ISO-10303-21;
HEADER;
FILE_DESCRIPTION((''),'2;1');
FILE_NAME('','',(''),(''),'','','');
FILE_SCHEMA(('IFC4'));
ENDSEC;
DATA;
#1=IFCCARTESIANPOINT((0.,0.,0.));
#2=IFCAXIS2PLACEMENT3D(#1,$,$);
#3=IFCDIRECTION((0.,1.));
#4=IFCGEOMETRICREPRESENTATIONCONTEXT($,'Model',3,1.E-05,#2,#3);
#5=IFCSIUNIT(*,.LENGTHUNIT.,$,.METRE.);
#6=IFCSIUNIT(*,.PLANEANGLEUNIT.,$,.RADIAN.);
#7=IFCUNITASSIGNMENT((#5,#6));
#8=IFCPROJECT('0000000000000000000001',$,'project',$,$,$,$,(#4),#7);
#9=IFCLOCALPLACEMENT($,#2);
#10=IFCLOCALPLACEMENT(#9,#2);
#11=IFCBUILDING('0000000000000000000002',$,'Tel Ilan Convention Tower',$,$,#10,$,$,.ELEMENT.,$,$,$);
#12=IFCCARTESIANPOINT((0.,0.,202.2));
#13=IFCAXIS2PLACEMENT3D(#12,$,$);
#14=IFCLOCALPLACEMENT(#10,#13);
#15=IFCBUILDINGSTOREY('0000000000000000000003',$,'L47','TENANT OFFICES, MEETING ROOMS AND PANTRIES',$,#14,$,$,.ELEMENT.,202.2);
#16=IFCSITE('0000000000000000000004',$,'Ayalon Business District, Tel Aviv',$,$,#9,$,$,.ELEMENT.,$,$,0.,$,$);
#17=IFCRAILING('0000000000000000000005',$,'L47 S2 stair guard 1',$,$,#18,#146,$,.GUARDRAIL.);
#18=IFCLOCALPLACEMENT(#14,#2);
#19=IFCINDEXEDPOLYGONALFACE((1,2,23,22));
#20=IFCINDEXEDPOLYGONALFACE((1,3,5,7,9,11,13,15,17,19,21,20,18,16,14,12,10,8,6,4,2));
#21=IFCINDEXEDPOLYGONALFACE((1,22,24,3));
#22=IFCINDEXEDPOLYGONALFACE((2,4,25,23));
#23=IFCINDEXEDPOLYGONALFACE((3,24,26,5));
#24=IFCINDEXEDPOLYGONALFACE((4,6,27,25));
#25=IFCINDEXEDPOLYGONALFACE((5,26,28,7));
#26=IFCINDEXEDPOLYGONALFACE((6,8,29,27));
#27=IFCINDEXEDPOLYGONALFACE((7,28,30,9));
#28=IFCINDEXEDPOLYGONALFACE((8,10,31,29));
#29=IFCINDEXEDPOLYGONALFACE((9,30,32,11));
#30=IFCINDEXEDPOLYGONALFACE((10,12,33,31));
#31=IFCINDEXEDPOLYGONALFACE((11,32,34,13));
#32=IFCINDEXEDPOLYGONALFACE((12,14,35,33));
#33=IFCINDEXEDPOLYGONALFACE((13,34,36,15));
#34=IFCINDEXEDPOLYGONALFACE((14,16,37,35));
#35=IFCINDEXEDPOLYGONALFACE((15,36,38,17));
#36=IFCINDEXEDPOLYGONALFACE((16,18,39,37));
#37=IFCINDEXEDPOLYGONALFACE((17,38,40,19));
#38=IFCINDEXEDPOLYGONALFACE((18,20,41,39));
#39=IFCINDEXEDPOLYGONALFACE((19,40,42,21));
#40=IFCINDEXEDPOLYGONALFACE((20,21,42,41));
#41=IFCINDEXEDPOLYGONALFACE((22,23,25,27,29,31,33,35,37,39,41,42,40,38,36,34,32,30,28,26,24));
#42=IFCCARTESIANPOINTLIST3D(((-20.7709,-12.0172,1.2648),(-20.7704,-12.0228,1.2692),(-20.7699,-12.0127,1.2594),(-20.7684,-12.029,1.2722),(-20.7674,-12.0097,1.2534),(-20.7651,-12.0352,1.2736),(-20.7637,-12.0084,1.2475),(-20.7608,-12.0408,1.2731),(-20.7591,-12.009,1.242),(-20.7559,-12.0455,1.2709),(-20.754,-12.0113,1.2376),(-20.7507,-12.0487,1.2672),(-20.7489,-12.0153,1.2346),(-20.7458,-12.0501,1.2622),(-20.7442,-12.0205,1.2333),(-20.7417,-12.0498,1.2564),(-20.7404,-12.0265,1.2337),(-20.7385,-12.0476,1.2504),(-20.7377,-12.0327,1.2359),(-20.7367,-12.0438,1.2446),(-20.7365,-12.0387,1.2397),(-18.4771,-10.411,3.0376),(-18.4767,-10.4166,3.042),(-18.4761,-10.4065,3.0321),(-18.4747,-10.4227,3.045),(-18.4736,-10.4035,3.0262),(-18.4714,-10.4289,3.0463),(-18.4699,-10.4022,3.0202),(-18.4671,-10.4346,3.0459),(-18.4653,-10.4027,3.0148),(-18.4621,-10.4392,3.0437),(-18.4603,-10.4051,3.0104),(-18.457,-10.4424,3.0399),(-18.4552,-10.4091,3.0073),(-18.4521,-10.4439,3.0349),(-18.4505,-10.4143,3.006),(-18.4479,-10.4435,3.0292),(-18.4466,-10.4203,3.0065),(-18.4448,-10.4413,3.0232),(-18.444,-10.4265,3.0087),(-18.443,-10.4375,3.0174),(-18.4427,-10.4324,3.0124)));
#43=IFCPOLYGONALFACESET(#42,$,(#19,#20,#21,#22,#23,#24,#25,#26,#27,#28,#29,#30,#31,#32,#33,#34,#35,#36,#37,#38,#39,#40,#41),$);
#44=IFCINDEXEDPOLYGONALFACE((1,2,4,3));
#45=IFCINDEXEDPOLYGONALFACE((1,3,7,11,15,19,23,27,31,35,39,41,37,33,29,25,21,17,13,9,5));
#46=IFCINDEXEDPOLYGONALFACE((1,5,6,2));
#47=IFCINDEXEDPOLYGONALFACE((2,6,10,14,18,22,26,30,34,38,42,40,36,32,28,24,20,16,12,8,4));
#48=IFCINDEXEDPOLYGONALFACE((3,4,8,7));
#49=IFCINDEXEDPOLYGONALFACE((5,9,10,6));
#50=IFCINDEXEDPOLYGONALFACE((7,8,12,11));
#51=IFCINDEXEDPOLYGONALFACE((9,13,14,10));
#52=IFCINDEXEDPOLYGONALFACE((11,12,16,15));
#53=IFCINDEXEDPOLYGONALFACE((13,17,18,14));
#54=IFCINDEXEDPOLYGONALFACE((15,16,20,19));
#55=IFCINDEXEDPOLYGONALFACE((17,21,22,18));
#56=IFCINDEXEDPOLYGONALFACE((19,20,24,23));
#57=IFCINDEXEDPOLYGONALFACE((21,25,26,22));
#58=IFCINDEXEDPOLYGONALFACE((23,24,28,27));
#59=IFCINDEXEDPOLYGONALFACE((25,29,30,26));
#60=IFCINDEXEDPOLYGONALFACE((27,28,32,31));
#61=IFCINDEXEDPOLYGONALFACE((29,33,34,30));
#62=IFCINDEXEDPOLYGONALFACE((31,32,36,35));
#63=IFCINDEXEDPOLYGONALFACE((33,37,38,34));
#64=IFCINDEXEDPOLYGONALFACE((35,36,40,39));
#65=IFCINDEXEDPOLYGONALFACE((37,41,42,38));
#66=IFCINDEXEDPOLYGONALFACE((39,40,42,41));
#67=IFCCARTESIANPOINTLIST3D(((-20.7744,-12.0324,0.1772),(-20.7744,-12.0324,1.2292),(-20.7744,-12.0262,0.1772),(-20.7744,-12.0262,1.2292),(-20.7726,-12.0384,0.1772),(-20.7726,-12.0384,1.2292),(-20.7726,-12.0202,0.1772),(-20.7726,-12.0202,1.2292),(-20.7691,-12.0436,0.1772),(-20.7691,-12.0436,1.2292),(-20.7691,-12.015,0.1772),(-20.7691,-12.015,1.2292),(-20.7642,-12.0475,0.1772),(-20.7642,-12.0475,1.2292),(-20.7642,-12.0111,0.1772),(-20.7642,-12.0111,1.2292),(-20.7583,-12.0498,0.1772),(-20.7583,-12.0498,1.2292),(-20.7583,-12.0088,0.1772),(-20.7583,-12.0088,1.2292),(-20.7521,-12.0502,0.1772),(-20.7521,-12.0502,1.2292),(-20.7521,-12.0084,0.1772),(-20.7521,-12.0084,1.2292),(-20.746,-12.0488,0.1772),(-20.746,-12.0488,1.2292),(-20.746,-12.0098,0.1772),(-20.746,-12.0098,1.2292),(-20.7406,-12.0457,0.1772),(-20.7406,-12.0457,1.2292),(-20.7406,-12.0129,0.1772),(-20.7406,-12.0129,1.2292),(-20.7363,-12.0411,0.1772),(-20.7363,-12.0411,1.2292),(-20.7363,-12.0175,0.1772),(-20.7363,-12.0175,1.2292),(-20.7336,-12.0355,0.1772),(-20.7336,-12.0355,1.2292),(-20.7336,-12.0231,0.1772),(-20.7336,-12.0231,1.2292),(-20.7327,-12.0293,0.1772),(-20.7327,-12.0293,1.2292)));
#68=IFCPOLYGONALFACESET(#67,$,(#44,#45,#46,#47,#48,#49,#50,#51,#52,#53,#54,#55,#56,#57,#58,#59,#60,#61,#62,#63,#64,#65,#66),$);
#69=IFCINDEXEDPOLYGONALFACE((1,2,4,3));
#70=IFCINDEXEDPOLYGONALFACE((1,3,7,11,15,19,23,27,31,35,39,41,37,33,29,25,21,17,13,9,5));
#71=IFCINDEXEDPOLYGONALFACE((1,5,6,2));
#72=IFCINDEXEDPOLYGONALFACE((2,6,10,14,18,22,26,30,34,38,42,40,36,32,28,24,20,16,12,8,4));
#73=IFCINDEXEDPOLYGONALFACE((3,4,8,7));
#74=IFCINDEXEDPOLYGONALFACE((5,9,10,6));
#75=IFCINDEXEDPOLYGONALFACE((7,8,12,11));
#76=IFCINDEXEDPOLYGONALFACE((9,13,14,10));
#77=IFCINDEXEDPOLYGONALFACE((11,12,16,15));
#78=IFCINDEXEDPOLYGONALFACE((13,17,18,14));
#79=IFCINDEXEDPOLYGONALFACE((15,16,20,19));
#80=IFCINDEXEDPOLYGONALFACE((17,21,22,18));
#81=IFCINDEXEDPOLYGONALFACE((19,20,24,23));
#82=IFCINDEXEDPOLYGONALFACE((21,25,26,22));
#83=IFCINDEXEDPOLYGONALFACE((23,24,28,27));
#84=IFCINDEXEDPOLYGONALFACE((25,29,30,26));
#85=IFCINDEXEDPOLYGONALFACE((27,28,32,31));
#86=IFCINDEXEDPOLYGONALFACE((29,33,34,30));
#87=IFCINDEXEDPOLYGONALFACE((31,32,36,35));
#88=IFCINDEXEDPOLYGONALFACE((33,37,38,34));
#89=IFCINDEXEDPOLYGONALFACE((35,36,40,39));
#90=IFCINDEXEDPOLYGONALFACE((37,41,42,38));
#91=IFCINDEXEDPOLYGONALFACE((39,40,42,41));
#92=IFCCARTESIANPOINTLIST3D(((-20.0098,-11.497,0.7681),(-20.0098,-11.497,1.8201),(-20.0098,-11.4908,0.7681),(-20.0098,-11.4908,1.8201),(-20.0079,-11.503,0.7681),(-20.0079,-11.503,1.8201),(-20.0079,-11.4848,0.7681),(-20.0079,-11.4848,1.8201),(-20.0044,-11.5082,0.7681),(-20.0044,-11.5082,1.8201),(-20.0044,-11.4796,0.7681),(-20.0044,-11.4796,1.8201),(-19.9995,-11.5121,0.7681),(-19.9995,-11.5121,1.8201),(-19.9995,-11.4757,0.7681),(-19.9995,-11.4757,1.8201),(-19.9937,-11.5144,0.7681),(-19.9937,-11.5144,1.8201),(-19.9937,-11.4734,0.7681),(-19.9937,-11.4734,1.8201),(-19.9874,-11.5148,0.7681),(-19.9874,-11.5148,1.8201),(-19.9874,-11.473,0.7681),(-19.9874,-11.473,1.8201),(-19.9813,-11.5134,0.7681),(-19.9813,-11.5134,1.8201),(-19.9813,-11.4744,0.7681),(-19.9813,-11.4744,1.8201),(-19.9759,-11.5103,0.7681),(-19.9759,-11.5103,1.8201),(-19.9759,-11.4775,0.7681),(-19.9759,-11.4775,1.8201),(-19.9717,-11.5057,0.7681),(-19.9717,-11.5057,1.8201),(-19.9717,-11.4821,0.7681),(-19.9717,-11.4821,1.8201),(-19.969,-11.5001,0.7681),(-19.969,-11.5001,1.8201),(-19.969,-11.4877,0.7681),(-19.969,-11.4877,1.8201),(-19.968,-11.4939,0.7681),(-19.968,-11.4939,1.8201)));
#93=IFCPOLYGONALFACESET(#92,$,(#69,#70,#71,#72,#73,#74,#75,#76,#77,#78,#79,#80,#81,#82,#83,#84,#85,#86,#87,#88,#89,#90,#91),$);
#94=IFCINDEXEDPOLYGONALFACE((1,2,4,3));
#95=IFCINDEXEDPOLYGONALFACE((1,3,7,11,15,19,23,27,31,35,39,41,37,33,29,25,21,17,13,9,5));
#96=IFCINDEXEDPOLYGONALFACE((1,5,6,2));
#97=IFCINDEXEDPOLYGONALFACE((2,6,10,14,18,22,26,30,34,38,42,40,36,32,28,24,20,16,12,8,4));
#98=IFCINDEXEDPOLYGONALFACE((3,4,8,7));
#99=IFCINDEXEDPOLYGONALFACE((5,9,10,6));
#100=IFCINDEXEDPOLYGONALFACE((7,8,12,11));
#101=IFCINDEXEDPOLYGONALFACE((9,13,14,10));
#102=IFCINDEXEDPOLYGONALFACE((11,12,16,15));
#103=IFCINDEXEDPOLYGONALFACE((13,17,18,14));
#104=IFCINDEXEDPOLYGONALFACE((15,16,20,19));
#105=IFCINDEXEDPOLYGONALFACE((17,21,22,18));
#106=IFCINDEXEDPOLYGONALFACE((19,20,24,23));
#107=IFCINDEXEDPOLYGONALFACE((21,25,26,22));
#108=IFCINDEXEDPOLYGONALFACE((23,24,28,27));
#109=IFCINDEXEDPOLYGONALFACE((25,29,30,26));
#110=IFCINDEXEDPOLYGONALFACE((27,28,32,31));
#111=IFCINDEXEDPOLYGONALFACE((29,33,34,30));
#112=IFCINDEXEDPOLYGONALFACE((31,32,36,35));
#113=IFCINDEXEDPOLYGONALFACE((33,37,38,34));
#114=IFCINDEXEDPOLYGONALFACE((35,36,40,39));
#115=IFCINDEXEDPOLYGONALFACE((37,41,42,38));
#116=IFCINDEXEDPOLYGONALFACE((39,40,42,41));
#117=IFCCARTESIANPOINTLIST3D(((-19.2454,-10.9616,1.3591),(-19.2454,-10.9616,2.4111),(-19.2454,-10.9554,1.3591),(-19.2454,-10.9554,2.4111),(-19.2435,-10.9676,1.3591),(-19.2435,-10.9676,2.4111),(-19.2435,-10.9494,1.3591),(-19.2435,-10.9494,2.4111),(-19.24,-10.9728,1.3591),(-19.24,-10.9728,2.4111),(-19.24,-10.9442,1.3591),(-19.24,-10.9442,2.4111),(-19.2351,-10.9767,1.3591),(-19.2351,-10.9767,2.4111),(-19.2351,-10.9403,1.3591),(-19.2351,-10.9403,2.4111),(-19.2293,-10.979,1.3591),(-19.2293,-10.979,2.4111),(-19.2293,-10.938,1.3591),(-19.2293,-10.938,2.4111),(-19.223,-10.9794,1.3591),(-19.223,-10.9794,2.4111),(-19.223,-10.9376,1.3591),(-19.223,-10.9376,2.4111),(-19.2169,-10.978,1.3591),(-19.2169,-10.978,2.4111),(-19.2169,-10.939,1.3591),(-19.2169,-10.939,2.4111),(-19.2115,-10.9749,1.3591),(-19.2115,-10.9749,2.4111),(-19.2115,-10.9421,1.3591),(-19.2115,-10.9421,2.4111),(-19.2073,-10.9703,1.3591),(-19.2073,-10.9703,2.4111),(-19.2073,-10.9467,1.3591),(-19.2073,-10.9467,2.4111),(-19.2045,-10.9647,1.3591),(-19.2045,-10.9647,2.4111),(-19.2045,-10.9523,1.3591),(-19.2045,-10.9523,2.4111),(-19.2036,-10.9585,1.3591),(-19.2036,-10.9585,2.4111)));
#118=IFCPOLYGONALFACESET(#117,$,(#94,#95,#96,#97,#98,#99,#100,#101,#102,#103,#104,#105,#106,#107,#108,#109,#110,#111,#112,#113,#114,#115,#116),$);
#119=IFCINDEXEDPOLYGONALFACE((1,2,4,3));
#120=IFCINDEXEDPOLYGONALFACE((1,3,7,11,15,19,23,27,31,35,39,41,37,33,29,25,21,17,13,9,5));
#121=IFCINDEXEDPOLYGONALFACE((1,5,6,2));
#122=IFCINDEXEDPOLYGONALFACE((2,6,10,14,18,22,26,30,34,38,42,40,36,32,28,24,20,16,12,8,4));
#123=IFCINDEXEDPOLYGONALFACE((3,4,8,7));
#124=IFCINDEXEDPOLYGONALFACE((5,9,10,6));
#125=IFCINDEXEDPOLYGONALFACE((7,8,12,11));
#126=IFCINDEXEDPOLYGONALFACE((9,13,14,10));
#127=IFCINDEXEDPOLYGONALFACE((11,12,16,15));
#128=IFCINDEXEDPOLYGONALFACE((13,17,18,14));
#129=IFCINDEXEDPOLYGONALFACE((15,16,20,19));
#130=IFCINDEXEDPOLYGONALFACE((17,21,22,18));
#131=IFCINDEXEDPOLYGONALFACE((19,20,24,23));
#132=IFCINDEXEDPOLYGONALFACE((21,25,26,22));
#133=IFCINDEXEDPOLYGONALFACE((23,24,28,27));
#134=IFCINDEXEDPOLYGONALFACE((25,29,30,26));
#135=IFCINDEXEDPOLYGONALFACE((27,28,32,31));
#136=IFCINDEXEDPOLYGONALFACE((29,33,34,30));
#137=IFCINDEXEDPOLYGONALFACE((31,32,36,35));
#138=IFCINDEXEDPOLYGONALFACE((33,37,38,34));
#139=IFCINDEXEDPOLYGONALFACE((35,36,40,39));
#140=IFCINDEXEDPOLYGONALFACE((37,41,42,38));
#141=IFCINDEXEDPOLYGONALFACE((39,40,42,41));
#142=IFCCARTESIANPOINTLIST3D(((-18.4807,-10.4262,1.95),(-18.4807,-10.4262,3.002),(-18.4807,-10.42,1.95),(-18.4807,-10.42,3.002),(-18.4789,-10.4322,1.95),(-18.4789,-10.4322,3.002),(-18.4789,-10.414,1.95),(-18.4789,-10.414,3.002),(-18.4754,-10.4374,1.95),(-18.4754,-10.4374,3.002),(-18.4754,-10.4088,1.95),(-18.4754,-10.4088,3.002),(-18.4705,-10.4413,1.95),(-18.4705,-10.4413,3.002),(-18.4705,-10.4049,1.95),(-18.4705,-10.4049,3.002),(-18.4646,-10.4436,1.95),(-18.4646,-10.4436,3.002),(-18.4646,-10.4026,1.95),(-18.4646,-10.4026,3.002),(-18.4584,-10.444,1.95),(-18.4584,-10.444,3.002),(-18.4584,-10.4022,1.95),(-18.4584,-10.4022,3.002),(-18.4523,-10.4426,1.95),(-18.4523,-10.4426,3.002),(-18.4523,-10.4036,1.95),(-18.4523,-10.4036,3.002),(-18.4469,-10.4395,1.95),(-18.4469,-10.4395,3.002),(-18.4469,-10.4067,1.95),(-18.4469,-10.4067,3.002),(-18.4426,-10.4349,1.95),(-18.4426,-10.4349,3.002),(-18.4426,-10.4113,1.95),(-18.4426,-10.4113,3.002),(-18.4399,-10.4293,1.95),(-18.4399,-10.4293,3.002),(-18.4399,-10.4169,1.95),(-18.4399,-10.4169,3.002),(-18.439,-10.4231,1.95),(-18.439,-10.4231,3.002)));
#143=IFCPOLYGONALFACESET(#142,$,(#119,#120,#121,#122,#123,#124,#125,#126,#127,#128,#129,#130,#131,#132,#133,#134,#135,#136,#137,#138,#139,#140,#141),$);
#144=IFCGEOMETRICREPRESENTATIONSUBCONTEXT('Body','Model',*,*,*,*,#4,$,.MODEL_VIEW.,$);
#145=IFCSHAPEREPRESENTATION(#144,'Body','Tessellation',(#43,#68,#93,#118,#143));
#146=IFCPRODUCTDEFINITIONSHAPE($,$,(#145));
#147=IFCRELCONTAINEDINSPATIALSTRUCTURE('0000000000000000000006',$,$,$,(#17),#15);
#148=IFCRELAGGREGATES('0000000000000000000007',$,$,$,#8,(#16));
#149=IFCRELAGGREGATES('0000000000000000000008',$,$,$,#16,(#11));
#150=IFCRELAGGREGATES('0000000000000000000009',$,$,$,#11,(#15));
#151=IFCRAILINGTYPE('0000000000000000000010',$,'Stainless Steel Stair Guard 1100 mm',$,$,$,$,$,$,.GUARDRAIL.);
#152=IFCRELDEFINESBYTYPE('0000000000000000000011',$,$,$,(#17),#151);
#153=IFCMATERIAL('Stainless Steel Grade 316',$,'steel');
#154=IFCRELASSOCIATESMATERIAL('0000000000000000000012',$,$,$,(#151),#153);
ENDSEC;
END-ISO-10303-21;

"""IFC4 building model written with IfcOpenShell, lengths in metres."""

from ifc_helpers import new_model, si_unit, direction, frame, origin, origin_2d, place, context, subcontext, project, spatial, circle, extrude, material, type_object, element, save


model = new_model("IFC4")

# Units and contexts
model_context = context("Model", 3, precision=1e-05, world=origin(), true_north=direction((0.0, 1.0)))
body_context = subcontext(model_context, "Body", "Model", "MODEL_VIEW")
ifc_project = project(units=[si_unit("LENGTHUNIT", "METRE"), si_unit("PLANEANGLEUNIT", "RADIAN")], contexts=[model_context])

# Site, building, storey
site_placement = place(None, origin())
site = spatial("IfcSite", under=ifc_project, at=site_placement, Name="Ayalon Business District, Tel Aviv", CompositionType="ELEMENT", RefElevation=0.0)
building_placement = place(site_placement, origin())
building = spatial("IfcBuilding", under=site, at=building_placement, Name="Tel Ilan Convention Tower", CompositionType="ELEMENT")
storey_placement = place(building_placement, frame((0.0, 0.0, 202.2)))
storey = spatial("IfcBuildingStorey", under=building, at=storey_placement, Name="L47", Description="TENANT OFFICES, MEETING ROOMS AND PANTRIES", CompositionType="ELEMENT", Elevation=202.2)

# Railing
ifc_material_1 = material(Name="Stainless Steel Grade 316", Category="steel")
railing_type_1 = type_object("IfcRailingType", Name="Stainless Steel Stair Guard 1100 mm", PredefinedType="GUARDRAIL", material=ifc_material_1)
railing_1_placement = place(storey_placement, frame((-20.7537, -12.0293, 0.1772)))
element("IfcRailing", 1, at=railing_1_placement, inside=storey, type_object=railing_type_1, Name="L47 S2 stair guard 1", PredefinedType="GUARDRAIL", context=body_context, shape_type="SweptSolid", body=[
    extrude(circle(Radius=0.0239, at=origin_2d()), frame((0.0, 0.0, 1.0762), z_axis=(0.692098, 0.484653, 0.534894), x_axis=(-0.573609, 0.81913, 0.0)), (0.0, 0.0, 1.0), 3.3142),
    extrude(circle(Radius=0.021, at=origin_2d()), origin(), (0.0, 0.0, 1.0), 1.052),
    extrude(circle(Radius=0.021, at=origin_2d()), frame((0.7646, 0.5354, 0.5908)), (0.0, 0.0, 1.0), 1.052),
    extrude(circle(Radius=0.021, at=origin_2d()), frame((1.5291, 1.0708, 1.1819)), (0.0, 0.0, 1.0), 1.052),
    extrude(circle(Radius=0.021, at=origin_2d()), frame((2.2937, 1.6062, 1.7727)), (0.0, 0.0, 1.0), 1.052),
])

save(model, "model.ifc")
